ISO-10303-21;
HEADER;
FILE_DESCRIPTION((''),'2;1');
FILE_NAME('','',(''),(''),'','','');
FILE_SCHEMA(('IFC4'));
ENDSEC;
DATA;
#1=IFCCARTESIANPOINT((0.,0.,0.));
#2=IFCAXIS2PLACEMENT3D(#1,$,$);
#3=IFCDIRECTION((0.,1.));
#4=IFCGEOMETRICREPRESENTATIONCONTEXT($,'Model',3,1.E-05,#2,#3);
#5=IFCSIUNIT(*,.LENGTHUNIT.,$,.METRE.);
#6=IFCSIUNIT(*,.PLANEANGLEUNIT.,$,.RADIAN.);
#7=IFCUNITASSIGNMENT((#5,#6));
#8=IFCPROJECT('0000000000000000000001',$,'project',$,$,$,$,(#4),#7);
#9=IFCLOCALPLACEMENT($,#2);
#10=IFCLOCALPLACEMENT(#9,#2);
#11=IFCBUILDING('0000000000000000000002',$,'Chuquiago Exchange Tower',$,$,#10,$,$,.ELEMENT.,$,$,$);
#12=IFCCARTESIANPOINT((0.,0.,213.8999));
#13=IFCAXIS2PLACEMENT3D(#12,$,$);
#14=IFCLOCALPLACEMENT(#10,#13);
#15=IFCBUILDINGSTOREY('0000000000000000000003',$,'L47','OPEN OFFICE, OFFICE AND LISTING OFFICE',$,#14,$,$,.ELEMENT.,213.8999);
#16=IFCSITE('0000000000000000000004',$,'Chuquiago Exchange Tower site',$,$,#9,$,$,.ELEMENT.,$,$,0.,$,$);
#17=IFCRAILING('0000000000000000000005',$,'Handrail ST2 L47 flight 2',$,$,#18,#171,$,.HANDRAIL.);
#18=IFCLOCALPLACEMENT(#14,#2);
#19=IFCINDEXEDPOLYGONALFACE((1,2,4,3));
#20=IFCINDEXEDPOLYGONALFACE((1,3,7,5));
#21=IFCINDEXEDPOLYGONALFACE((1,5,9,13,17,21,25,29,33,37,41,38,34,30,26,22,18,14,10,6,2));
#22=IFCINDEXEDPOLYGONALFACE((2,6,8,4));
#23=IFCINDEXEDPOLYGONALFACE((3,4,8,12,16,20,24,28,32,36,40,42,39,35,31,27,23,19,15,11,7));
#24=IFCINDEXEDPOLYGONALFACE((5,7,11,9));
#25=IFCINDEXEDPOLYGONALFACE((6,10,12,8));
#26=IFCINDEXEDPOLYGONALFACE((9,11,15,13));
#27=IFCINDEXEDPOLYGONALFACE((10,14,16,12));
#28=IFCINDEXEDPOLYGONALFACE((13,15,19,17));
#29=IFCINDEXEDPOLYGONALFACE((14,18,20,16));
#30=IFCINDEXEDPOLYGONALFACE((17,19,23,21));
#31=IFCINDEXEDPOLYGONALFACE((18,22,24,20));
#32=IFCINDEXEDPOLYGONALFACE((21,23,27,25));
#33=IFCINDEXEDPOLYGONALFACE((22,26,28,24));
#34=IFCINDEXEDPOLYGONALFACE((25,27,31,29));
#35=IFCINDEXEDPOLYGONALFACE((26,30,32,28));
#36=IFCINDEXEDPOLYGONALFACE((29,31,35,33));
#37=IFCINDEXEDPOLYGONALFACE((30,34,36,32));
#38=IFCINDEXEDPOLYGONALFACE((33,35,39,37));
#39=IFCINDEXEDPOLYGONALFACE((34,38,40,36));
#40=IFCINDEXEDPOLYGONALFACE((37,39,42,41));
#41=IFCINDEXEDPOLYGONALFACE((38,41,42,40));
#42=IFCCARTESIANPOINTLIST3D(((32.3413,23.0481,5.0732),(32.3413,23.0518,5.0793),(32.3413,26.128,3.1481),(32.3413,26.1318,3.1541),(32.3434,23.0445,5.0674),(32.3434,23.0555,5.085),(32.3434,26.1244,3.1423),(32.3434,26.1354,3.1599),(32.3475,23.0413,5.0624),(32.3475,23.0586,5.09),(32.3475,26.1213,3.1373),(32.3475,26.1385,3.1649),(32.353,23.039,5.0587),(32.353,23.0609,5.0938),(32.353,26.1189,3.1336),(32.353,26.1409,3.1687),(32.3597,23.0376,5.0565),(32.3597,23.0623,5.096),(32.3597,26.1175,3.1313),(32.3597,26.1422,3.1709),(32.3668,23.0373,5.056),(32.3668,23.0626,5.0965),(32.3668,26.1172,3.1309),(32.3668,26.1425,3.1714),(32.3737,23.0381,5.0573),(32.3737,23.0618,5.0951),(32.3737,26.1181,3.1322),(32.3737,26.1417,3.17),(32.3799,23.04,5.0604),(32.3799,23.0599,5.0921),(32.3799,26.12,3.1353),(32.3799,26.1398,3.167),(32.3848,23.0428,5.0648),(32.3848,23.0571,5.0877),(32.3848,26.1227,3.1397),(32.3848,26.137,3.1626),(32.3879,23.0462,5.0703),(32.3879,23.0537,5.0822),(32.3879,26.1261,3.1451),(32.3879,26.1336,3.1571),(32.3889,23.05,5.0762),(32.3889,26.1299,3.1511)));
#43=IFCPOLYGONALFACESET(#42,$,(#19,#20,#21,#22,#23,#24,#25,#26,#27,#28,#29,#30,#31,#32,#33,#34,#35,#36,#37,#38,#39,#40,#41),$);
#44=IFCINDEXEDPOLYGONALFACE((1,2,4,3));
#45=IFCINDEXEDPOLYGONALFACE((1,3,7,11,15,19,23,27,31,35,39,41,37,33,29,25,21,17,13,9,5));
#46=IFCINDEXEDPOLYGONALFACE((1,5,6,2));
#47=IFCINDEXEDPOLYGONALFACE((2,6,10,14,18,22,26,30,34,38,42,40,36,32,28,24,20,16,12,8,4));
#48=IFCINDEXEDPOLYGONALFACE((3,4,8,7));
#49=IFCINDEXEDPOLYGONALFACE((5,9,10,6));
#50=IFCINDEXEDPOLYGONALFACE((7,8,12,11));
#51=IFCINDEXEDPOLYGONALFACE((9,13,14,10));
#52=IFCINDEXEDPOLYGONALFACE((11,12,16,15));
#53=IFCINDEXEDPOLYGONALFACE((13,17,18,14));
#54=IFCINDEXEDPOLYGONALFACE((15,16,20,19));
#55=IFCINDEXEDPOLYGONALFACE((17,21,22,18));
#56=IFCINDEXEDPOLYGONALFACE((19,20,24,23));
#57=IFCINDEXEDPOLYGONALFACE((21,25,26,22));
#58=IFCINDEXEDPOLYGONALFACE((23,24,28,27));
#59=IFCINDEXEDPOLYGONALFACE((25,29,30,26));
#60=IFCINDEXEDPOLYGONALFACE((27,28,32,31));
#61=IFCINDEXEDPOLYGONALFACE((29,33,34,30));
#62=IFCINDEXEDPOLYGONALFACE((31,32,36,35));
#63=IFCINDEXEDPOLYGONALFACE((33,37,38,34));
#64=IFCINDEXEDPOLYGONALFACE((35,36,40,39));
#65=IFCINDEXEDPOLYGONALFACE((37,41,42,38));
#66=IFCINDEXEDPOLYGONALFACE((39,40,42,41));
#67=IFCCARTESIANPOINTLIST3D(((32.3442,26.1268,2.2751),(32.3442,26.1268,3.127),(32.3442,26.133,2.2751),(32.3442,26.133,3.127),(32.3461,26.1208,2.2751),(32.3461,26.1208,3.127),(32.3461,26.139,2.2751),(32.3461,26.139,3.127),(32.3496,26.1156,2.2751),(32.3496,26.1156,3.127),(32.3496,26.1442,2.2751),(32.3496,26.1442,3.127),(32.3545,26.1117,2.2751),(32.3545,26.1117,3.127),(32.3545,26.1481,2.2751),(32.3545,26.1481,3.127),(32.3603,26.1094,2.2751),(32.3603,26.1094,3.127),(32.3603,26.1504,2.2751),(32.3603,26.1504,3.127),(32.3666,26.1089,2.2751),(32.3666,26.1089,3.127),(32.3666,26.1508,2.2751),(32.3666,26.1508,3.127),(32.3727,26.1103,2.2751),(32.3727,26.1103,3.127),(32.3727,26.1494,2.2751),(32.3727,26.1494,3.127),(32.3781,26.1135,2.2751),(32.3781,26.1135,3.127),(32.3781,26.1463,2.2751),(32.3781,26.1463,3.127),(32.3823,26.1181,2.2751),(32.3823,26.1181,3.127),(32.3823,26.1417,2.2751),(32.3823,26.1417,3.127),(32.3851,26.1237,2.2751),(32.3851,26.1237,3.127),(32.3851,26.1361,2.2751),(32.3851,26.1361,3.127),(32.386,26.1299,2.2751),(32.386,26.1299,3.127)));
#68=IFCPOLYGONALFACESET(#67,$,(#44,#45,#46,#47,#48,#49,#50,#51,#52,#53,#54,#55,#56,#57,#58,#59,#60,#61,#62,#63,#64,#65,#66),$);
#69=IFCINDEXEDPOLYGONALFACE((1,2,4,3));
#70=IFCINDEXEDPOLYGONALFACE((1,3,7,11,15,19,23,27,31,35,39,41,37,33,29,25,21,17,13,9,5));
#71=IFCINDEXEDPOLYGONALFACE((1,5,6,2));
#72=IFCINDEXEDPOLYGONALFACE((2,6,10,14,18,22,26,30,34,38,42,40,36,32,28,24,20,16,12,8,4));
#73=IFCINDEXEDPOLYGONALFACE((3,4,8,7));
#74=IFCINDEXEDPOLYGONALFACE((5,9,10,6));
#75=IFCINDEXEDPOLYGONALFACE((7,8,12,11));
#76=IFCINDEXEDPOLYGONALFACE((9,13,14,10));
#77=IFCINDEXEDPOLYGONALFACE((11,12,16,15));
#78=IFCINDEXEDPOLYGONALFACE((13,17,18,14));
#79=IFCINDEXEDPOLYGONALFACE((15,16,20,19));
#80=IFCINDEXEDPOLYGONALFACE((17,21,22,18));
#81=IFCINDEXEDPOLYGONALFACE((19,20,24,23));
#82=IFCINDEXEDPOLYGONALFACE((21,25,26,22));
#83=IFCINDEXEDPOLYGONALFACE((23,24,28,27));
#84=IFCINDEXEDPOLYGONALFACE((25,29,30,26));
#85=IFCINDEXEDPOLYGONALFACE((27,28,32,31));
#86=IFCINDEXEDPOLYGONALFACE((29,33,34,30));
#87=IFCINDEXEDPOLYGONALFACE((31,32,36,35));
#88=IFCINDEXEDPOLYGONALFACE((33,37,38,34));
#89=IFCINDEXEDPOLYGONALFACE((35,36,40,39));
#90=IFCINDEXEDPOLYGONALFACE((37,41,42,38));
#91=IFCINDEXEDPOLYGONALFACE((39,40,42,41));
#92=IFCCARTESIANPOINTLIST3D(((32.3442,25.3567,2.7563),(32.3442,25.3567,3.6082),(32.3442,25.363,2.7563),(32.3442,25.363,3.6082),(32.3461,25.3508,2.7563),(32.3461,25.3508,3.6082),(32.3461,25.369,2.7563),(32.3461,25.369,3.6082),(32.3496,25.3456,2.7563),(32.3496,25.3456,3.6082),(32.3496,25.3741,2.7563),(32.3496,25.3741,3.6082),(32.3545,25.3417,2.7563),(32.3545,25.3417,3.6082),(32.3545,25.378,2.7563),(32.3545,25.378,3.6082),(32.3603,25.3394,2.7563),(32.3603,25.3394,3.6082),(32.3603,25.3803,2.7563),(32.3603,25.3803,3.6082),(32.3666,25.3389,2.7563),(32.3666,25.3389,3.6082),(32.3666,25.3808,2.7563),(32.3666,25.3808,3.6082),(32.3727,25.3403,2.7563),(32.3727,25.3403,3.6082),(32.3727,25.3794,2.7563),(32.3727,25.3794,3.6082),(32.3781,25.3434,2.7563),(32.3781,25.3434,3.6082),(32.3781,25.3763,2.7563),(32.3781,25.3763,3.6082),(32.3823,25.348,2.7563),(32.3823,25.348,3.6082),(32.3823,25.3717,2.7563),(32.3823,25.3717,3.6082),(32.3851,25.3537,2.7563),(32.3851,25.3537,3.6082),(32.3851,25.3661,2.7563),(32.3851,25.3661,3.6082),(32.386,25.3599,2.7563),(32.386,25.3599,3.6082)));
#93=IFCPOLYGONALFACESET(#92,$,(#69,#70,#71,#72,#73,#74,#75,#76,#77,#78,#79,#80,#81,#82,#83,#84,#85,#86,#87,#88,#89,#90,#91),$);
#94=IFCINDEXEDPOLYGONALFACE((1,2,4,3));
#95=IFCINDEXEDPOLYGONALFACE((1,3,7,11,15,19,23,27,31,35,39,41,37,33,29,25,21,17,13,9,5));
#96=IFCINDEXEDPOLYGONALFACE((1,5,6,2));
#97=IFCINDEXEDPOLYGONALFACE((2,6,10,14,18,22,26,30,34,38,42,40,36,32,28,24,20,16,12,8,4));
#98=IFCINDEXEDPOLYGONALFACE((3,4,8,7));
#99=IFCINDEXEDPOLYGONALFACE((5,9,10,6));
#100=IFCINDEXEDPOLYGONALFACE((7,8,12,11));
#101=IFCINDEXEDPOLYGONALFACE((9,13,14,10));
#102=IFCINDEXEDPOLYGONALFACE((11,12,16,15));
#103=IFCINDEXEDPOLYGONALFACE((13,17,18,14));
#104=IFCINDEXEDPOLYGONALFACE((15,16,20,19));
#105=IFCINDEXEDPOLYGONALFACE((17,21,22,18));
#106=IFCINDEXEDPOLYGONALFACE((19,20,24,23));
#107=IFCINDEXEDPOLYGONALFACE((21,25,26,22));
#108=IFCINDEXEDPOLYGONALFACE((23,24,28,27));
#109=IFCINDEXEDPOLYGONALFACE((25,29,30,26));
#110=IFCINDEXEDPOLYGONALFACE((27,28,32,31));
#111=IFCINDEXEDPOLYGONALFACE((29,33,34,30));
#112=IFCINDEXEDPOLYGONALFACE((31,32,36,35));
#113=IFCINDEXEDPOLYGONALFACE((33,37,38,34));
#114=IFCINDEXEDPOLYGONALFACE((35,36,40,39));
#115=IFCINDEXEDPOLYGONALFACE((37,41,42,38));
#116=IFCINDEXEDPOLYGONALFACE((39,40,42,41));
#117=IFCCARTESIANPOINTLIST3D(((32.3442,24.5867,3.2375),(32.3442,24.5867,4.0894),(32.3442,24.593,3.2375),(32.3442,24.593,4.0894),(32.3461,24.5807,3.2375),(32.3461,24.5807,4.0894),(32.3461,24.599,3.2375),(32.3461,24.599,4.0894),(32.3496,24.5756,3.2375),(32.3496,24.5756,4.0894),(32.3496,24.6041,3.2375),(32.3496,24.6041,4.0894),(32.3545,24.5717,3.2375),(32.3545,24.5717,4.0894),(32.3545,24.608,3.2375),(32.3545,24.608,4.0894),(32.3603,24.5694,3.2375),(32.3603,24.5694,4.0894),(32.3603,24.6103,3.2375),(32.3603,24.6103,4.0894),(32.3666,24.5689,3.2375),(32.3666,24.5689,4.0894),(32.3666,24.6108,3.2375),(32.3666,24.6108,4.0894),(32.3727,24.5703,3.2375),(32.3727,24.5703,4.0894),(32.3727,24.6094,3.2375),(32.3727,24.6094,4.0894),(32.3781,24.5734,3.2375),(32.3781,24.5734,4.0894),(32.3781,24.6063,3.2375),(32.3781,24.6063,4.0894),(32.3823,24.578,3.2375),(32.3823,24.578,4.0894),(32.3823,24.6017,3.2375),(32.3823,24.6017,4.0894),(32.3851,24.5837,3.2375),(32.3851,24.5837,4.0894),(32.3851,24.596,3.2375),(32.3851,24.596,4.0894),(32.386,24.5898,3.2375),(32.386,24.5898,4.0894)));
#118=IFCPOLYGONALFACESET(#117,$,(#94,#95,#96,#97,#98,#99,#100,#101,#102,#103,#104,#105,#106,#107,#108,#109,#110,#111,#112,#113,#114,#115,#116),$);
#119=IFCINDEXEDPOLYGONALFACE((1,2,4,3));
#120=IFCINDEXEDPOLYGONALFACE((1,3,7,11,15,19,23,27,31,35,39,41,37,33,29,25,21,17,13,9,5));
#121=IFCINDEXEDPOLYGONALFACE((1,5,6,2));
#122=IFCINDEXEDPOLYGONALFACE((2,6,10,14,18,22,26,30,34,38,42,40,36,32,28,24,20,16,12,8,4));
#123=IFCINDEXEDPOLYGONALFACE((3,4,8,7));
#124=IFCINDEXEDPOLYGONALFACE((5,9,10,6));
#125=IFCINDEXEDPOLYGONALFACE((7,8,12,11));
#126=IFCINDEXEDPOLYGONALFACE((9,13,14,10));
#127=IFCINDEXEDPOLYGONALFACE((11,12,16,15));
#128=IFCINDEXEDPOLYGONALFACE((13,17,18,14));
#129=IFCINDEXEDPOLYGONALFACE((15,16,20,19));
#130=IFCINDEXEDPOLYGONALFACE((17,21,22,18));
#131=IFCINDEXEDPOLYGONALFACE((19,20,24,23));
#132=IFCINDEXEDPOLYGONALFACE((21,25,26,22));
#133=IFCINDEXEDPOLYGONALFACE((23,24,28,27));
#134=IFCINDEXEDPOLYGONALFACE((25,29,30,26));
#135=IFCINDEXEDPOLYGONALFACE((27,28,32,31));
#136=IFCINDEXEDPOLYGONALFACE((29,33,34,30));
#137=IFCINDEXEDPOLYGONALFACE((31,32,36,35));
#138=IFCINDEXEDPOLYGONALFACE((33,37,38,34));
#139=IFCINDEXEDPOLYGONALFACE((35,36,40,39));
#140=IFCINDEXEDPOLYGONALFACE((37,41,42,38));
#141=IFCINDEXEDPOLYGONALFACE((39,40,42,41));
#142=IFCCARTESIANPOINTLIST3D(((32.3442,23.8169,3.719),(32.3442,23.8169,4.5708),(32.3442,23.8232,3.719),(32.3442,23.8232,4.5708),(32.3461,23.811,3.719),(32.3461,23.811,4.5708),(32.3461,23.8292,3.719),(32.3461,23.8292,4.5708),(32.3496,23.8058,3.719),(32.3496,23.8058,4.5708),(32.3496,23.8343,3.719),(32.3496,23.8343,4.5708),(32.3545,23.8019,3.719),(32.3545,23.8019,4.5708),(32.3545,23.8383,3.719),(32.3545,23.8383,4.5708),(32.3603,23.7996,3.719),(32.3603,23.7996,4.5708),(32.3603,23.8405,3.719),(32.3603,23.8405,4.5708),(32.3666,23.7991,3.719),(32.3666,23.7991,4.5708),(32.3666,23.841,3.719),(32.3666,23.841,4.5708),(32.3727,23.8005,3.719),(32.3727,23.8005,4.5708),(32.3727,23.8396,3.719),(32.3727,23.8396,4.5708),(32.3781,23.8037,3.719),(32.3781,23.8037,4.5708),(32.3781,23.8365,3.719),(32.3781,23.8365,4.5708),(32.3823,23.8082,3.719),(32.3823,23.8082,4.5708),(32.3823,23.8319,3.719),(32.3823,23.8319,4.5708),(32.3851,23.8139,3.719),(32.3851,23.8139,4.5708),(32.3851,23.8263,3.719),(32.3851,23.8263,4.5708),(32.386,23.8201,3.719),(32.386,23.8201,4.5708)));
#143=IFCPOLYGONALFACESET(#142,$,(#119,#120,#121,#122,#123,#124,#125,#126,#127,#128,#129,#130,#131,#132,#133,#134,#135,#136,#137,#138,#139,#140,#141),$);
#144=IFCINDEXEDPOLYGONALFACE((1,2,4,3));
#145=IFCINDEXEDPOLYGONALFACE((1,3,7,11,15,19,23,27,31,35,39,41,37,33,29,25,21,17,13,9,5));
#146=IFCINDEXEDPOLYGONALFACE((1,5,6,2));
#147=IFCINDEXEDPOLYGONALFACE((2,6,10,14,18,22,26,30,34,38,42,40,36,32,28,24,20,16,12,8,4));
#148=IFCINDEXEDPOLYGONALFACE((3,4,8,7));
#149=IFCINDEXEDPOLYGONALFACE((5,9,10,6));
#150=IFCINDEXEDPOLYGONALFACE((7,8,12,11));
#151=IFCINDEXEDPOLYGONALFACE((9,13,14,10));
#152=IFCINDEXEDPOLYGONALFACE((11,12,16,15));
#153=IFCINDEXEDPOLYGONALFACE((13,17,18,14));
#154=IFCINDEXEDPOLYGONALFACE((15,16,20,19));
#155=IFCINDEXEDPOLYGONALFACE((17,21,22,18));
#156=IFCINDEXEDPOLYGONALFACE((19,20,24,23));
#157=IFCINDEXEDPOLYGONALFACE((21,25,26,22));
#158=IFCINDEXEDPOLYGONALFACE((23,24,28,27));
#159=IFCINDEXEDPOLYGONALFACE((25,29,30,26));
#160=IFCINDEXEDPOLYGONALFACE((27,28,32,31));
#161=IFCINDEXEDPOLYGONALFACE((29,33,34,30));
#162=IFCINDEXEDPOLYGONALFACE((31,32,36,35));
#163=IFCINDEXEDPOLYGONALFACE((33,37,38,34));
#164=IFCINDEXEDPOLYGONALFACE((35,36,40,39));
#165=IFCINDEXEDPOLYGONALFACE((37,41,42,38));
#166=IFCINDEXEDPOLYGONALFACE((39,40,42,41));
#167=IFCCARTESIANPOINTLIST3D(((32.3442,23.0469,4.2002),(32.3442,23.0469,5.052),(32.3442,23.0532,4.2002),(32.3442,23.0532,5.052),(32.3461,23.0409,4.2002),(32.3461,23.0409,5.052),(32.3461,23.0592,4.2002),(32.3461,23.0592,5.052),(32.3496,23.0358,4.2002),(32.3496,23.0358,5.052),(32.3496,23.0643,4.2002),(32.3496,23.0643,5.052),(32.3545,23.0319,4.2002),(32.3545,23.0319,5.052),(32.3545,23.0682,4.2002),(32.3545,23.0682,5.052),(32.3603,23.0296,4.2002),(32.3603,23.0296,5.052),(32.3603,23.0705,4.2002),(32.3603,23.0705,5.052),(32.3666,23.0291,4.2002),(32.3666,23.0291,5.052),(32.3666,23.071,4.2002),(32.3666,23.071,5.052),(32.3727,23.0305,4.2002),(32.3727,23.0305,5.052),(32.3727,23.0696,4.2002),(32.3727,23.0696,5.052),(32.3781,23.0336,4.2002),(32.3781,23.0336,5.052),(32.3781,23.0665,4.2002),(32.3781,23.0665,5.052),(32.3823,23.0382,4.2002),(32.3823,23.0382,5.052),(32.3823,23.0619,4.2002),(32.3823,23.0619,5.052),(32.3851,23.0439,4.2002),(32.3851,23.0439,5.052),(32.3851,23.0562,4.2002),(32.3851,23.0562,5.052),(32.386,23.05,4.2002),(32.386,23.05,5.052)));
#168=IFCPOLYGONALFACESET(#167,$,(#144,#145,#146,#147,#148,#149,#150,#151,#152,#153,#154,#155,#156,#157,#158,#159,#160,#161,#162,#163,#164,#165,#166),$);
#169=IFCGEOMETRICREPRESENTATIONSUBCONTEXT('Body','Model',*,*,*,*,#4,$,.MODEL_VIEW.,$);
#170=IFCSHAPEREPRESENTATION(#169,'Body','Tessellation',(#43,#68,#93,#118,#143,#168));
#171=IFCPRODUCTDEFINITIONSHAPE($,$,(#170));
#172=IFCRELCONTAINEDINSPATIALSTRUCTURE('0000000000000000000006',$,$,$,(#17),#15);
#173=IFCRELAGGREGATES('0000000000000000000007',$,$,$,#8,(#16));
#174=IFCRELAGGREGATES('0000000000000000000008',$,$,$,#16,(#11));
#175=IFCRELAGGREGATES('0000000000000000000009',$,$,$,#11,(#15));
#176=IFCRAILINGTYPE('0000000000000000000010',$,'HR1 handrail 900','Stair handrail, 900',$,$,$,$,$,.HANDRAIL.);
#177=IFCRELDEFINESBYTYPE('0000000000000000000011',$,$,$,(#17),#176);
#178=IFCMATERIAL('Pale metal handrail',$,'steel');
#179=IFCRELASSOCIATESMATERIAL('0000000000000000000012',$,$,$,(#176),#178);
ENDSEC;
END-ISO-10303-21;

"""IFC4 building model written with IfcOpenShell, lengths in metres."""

from ifc_helpers import new_model, si_unit, direction, frame, origin, origin_2d, place, context, subcontext, project, spatial, circle, extrude, material, type_object, element, save


model = new_model("IFC4")

# Units and contexts
model_context = context("Model", 3, precision=1e-05, world=origin(), true_north=direction((0.0, 1.0)))
body_context = subcontext(model_context, "Body", "Model", "MODEL_VIEW")
ifc_project = project(units=[si_unit("LENGTHUNIT", "METRE"), si_unit("PLANEANGLEUNIT", "RADIAN")], contexts=[model_context])

# Site, building, storey
site_placement = place(None, origin())
site = spatial("IfcSite", under=ifc_project, at=site_placement, Name="Chuquiago Exchange Tower site", CompositionType="ELEMENT", RefElevation=0.0)
building_placement = place(site_placement, origin())
building = spatial("IfcBuilding", under=site, at=building_placement, Name="Chuquiago Exchange Tower", CompositionType="ELEMENT")
storey_placement = place(building_placement, frame((0.0, 0.0, 213.8999)))
storey = spatial("IfcBuildingStorey", under=building, at=storey_placement, Name="L47", Description="OPEN OFFICE, OFFICE AND LISTING OFFICE", CompositionType="ELEMENT", Elevation=213.8999)

# Railing
ifc_material_1 = material(Name="Pale metal handrail", Category="steel")
railing_type_1 = type_object("IfcRailingType", Name="HR1 handrail 900", Description="Stair handrail, 900", PredefinedType="HANDRAIL", material=ifc_material_1)
for number, where, name in (
    (1, (32.365, 26.1299, 2.2751), "Handrail ST2 L47 flight 2"),
):
    element("IfcRailing", number, at=place(storey_placement, frame(where)), inside=storey, type_object=railing_type_1, Name=name, PredefinedType="HANDRAIL", context=body_context, shape_type="SweptSolid", body=[
        extrude(circle(Radius=0.0239, at=origin_2d()), frame((0.0, 0.0, 0.876), z_axis=(0.0, -0.847979, 0.530029), x_axis=(1.0, 0.0, 0.0)), (0.0, 0.0, 1.0), 3.6321),
        extrude(circle(Radius=0.021, at=origin_2d()), origin(), (0.0, 0.0, 1.0), 0.8518),
        extrude(circle(Radius=0.021, at=origin_2d()), frame((0.0, -0.77, 0.4812)), (0.0, 0.0, 1.0), 0.8518),
        extrude(circle(Radius=0.021, at=origin_2d()), frame((0.0, -1.54, 0.9624)), (0.0, 0.0, 1.0), 0.8518),
        extrude(circle(Radius=0.021, at=origin_2d()), frame((0.0, -2.3098, 1.4438)), (0.0, 0.0, 1.0), 0.8518),
        extrude(circle(Radius=0.021, at=origin_2d()), frame((0.0, -3.0798, 1.925)), (0.0, 0.0, 1.0), 0.8518),
    ])

save(model, "model.ifc")
